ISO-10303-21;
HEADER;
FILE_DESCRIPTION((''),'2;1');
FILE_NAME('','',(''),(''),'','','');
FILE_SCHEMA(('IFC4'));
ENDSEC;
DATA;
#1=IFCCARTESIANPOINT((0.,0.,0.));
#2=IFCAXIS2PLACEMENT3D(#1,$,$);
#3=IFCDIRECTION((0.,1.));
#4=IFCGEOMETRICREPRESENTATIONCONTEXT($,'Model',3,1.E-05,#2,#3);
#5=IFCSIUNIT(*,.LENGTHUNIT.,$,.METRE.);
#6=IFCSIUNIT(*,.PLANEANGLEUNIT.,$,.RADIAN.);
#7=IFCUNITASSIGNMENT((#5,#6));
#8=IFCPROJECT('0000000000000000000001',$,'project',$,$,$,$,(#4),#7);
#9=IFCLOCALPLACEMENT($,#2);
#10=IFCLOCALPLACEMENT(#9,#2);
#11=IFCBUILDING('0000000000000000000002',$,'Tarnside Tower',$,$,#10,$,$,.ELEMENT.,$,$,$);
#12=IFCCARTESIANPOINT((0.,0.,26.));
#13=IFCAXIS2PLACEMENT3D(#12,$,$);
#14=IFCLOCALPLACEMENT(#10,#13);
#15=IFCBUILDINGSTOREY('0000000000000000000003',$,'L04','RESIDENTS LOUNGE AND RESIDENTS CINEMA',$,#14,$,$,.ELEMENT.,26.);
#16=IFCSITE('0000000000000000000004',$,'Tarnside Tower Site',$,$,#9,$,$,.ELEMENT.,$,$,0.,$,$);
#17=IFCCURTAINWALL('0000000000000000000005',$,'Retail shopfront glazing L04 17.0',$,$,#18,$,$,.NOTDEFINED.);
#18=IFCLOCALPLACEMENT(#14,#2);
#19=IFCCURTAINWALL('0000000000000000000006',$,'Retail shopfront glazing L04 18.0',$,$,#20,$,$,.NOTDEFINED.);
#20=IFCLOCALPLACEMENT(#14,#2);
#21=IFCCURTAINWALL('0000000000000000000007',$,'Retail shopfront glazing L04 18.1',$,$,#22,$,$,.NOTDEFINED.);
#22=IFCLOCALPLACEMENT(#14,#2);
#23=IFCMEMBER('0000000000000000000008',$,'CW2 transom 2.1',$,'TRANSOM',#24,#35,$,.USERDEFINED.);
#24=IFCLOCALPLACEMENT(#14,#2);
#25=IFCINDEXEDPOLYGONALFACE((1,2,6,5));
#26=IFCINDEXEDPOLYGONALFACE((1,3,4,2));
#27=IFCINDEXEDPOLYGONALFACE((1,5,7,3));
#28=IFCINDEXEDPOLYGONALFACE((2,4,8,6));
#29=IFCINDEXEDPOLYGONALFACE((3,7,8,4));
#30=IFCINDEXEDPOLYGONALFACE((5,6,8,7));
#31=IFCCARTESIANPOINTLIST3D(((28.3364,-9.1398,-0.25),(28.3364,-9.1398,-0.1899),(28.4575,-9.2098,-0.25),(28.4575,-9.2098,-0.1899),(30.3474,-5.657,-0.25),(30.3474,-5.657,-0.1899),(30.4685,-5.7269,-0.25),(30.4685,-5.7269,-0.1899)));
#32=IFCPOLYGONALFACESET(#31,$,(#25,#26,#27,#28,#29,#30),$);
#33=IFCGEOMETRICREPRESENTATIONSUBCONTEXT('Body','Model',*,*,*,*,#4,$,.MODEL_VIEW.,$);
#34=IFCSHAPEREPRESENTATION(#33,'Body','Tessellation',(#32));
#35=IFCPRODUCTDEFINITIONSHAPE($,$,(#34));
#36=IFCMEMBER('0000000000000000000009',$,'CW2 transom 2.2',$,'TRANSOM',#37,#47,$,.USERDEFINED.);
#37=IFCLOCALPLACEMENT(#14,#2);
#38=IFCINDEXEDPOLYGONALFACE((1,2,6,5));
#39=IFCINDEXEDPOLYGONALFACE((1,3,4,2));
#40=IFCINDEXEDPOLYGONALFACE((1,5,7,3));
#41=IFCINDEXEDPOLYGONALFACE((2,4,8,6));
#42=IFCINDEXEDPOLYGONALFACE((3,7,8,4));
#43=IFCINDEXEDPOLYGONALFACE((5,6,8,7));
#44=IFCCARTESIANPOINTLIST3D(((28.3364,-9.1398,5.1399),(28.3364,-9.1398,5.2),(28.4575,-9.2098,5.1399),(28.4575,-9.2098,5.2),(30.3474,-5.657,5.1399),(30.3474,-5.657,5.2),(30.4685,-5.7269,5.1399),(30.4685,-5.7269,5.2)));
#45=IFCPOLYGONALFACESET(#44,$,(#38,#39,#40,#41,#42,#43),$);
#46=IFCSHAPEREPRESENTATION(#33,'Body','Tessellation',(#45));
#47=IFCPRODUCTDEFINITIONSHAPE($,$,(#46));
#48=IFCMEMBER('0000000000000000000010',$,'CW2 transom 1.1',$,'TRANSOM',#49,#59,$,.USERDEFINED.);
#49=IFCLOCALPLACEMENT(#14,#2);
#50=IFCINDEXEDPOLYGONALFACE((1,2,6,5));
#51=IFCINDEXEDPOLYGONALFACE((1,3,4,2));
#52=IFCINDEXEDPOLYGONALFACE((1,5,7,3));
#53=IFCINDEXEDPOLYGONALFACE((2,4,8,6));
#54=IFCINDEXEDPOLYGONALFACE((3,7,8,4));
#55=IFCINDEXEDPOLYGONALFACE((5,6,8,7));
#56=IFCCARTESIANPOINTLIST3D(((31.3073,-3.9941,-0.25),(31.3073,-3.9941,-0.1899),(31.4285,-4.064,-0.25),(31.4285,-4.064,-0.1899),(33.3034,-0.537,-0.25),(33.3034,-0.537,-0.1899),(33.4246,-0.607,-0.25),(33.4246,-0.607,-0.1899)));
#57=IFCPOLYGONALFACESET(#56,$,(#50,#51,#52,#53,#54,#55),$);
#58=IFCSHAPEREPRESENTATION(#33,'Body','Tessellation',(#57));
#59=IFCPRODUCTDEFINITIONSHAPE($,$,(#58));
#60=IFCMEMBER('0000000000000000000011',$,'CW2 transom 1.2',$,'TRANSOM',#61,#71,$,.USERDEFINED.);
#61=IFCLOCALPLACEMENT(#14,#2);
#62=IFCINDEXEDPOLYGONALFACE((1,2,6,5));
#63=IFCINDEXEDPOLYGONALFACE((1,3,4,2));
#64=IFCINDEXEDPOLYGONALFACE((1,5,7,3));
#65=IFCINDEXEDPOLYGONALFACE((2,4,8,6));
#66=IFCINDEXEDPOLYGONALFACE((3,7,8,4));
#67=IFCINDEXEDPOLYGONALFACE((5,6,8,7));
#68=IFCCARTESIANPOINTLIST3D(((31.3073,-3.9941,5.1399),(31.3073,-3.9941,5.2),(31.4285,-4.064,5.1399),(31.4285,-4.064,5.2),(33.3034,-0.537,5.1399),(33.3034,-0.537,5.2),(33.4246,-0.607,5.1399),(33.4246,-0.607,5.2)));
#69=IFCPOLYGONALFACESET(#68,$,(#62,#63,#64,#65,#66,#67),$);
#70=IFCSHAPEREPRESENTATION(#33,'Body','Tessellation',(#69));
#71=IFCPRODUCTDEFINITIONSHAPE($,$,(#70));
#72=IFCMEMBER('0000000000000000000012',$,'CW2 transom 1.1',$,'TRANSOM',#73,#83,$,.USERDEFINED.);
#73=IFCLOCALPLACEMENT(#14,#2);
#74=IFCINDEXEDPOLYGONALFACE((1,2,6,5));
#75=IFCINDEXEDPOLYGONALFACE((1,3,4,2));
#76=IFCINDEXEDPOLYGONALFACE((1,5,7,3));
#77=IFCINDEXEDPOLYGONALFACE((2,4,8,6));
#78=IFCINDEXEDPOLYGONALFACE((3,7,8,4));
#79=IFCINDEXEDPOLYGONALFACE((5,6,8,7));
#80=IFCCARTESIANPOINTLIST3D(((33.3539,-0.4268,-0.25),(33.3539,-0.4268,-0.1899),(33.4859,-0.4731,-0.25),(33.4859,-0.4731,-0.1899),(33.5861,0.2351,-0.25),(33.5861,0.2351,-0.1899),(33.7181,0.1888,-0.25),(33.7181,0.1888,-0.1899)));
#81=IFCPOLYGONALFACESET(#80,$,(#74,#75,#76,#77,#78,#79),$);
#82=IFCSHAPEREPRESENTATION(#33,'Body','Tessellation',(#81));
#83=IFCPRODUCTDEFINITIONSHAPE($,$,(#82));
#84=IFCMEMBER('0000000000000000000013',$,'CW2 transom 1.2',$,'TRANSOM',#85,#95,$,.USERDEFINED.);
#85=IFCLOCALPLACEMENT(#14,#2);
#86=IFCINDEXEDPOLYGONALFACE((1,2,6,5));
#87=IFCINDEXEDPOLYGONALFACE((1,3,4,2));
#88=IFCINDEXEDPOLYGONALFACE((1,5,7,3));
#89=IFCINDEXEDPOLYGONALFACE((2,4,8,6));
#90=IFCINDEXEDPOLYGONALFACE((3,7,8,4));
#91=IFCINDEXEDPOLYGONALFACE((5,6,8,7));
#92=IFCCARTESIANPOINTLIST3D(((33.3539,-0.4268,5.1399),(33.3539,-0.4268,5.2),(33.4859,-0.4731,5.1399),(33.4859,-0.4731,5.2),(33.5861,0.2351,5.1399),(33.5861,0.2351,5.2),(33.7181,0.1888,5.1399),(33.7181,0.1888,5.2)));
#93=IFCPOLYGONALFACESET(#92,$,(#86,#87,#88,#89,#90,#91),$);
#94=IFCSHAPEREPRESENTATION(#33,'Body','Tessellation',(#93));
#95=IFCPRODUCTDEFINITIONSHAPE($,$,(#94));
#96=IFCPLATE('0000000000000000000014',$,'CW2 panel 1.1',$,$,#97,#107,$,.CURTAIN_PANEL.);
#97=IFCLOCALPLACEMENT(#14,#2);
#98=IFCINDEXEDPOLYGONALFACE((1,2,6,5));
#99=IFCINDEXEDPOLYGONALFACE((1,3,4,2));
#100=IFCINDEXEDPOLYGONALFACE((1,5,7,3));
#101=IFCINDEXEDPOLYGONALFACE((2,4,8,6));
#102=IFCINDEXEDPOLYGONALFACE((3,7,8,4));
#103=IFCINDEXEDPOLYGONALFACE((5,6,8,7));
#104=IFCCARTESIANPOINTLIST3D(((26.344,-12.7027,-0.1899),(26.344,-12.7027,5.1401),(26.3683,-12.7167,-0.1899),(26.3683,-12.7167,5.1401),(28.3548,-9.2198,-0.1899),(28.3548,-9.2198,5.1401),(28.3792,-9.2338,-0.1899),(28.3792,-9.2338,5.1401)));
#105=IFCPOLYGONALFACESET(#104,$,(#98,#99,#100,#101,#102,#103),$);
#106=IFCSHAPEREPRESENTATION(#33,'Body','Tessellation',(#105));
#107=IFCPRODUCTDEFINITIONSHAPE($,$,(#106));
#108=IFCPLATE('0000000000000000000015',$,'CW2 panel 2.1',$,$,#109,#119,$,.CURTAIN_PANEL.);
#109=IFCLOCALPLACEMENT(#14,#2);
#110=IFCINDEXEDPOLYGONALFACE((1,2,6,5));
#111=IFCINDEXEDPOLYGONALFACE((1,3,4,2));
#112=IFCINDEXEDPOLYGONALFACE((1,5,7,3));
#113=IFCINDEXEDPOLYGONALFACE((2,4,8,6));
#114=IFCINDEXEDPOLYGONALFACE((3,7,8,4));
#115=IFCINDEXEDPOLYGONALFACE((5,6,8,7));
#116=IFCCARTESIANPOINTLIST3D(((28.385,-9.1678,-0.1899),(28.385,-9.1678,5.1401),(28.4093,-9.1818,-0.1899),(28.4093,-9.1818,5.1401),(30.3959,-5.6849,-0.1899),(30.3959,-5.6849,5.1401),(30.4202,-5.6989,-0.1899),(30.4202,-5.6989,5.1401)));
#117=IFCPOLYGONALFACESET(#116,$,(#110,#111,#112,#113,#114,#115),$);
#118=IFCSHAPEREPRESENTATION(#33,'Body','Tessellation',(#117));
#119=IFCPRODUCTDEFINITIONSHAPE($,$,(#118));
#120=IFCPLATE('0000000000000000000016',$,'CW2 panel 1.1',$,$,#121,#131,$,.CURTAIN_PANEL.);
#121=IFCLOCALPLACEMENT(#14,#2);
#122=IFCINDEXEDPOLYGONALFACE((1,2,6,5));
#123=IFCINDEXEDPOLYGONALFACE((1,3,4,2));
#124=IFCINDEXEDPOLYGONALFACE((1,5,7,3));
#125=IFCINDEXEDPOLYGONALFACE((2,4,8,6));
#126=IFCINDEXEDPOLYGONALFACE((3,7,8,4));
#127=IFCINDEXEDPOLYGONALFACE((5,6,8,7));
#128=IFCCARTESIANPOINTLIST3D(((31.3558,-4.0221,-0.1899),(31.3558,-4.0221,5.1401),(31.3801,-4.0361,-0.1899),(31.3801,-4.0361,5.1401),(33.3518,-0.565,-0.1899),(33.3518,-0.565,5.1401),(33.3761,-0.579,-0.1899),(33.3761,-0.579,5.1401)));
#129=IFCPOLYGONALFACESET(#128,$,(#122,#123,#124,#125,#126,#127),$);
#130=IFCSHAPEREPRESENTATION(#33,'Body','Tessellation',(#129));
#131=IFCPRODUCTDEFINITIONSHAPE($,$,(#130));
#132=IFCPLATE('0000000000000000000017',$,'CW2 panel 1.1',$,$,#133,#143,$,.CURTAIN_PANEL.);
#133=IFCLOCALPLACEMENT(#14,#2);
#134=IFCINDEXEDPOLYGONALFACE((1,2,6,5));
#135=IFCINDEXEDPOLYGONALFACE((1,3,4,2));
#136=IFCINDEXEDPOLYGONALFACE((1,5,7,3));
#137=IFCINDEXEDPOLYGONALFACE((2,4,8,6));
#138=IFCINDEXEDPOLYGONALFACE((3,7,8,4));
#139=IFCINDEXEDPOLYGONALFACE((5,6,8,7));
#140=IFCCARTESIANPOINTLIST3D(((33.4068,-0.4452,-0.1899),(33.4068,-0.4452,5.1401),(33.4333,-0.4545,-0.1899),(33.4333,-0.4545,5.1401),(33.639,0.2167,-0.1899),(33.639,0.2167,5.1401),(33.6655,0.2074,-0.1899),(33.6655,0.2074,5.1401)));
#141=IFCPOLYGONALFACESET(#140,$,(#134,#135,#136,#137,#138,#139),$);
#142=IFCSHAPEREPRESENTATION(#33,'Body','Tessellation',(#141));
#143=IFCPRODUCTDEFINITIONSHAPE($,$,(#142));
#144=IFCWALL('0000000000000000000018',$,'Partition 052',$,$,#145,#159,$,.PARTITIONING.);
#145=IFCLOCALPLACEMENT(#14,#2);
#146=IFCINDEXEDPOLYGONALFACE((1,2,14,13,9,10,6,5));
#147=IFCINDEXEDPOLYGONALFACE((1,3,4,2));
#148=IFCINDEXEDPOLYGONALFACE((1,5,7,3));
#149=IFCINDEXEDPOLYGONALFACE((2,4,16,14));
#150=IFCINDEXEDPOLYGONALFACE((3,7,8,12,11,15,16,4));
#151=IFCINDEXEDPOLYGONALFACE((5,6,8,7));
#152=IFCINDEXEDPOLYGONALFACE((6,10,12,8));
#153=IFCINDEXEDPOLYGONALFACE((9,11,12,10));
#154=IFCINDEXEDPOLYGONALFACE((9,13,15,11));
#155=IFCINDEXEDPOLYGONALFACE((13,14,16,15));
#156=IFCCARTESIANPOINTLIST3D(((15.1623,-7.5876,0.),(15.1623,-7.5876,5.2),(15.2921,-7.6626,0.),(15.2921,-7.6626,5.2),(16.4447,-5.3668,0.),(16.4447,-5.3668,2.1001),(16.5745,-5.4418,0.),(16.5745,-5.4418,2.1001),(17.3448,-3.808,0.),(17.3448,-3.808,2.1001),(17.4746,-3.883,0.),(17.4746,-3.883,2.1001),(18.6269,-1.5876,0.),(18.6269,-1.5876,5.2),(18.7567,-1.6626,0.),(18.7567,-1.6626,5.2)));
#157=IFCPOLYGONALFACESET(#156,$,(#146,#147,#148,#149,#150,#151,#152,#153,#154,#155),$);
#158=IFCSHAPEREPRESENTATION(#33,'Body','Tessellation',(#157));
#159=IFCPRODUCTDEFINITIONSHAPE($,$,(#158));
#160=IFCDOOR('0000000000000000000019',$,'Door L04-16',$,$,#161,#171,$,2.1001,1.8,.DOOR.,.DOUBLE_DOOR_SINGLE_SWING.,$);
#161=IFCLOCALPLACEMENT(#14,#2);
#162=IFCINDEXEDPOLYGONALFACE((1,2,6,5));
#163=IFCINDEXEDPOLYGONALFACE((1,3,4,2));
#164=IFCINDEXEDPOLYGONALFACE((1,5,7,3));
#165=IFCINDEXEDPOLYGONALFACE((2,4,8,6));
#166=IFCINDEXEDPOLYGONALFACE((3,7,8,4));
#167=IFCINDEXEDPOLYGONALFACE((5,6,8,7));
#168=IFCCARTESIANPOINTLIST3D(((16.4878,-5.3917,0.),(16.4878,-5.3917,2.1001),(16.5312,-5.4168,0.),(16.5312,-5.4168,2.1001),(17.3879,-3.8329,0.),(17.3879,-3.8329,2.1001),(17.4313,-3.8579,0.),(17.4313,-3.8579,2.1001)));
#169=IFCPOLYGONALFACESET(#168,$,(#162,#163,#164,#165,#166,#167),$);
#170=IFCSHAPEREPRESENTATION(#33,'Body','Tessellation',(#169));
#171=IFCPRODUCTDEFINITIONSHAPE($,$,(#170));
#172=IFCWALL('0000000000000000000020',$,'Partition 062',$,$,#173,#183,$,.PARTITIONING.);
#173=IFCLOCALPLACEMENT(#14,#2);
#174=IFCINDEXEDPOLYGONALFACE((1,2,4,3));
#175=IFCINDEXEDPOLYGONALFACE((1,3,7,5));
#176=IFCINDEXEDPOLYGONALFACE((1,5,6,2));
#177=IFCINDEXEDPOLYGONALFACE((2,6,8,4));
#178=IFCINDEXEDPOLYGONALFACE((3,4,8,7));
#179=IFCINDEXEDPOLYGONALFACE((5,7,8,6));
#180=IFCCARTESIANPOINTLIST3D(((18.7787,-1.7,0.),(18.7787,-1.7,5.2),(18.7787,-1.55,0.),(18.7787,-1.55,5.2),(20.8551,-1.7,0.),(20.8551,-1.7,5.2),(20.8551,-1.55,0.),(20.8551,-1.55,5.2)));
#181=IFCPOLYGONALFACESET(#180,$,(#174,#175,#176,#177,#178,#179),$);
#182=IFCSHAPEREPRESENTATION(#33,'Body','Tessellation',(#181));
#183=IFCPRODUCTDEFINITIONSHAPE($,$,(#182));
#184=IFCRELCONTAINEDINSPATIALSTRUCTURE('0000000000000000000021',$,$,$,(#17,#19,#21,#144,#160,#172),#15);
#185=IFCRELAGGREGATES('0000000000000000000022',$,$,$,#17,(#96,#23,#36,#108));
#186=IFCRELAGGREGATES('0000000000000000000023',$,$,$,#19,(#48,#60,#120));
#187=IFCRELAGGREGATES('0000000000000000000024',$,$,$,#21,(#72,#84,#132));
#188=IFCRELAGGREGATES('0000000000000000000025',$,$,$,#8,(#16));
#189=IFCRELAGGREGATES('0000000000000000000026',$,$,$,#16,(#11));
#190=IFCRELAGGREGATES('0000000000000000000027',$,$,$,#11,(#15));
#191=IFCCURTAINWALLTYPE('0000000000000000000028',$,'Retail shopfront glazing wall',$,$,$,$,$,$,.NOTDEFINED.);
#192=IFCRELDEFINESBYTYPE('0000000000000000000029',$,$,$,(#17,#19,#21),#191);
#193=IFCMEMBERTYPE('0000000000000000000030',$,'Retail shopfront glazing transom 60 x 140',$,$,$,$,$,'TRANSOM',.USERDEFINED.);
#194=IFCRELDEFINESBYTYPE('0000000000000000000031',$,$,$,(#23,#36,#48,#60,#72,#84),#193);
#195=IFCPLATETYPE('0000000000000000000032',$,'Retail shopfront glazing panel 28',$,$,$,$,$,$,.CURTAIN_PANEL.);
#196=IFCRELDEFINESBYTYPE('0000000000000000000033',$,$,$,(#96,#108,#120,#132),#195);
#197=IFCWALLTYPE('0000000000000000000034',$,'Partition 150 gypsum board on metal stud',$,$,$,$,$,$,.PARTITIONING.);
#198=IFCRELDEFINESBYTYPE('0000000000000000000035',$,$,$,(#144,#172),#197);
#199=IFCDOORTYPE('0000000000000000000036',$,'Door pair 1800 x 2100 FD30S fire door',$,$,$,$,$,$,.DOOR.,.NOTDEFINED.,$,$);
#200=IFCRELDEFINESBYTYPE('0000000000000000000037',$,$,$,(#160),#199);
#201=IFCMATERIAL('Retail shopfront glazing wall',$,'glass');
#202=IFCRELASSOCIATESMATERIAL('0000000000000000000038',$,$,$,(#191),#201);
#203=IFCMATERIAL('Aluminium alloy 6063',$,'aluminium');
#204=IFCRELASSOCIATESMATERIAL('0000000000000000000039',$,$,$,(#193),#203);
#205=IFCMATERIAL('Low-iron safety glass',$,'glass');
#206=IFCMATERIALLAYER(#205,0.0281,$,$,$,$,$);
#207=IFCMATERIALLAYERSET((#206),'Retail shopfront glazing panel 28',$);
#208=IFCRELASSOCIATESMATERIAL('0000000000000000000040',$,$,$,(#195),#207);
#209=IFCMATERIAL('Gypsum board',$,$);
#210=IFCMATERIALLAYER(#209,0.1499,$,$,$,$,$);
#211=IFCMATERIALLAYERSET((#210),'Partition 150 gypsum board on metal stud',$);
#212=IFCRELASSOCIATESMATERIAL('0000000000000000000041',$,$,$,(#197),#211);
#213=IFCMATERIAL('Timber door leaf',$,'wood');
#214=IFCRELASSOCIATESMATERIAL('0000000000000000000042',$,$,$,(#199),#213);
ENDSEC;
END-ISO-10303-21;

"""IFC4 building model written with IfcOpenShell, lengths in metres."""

from ifc_helpers import new_model, si_unit, direction, frame, frame_2d, origin, origin_2d, place, context, subcontext, project, spatial, rectangle, extrude, material, layer, layer_set, material_profile, profile_set, type_object, element, fill, aggregate, save


model = new_model("IFC4")

# Units and contexts
model_context = context("Model", 3, precision=1e-05, world=origin(), true_north=direction((0.0, 1.0)))
body_context = subcontext(model_context, "Body", "Model", "MODEL_VIEW")
ifc_project = project(units=[si_unit("LENGTHUNIT", "METRE"), si_unit("PLANEANGLEUNIT", "RADIAN")], contexts=[model_context])

# Site, building, storey
site_placement = place(None, origin())
site = spatial("IfcSite", under=ifc_project, at=site_placement, Name="Tarnside Tower Site", CompositionType="ELEMENT", RefElevation=0.0)
building_placement = place(site_placement, origin())
building = spatial("IfcBuilding", under=site, at=building_placement, Name="Tarnside Tower", CompositionType="ELEMENT")
storey_placement = place(building_placement, frame((0.0, 0.0, 26.0)))
storey = spatial("IfcBuildingStorey", under=building, at=storey_placement, Name="L04", Description="RESIDENTS LOUNGE AND RESIDENTS CINEMA", CompositionType="ELEMENT", Elevation=26.0)

# Curtain walls
ifc_material_1 = material(Name="Retail shopfront glazing wall", Category="glass")
curtain_wall_type = type_object("IfcCurtainWallType", Name="Retail shopfront glazing wall", PredefinedType="NOTDEFINED", material=ifc_material_1)
curtain_wall_1_placement = place(storey_placement, origin())
curtain_wall_1 = element("IfcCurtainWall", 1, at=curtain_wall_1_placement, inside=storey, type_object=curtain_wall_type, Name="Retail shopfront glazing L04 17.0", PredefinedType="NOTDEFINED")
ifc_material_2 = material(Name="Aluminium alloy 6063", Category="aluminium")
curtain_wall_2_placement = place(storey_placement, origin())
curtain_wall_2 = element("IfcCurtainWall", 2, at=curtain_wall_2_placement, inside=storey, type_object=curtain_wall_type, Name="Retail shopfront glazing L04 18.0", PredefinedType="NOTDEFINED")

# Curtain wall
curtain_wall_3_placement = place(storey_placement, origin())
curtain_wall_3 = element("IfcCurtainWall", 3, at=curtain_wall_3_placement, inside=storey, type_object=curtain_wall_type, Name="Retail shopfront glazing L04 18.1", PredefinedType="NOTDEFINED")

# Members
ifc_material_profile_1 = material_profile(ifc_material_2, rectangle(XDim=0.1399, YDim=0.0601, at=origin_2d()), Name="Retail shopfront glazing transom 60 x 140")
ifc_profile_set_1 = profile_set([ifc_material_profile_1], Name="Aluminium alloy 6063")
member_type_1 = type_object("IfcMemberType", Name="Retail shopfront glazing transom 60 x 140", ElementType="TRANSOM", PredefinedType="USERDEFINED", material=ifc_profile_set_1)
member_1_placement = place(storey_placement, frame((28.397, -9.1748, -0.22), z_axis=(0.500024, 0.866012, 0.0), x_axis=(-0.866012, 0.500024, 0.0)))
member_1 = element("IfcMember", 4, at=member_1_placement, type_object=member_type_1, Name="CW2 transom 2.1", ObjectType="TRANSOM", PredefinedType="USERDEFINED", context=body_context, shape_type="SweptSolid", body=[
    extrude(rectangle(XDim=0.1399, YDim=0.0601, at=origin_2d()), origin(), (0.0, 0.0, 1.0), 4.0217),
])
member_2_placement = place(storey_placement, frame((28.397, -9.1748, 5.1699), z_axis=(0.500024, 0.866012, 0.0), x_axis=(-0.866012, 0.500024, 0.0)))
member_2 = element("IfcMember", 5, at=member_2_placement, type_object=member_type_1, Name="CW2 transom 2.2", ObjectType="TRANSOM", PredefinedType="USERDEFINED", context=body_context, shape_type="SweptSolid", body=[
    extrude(rectangle(XDim=0.1399, YDim=0.0601, at=origin_2d()), origin(), (0.0, 0.0, 1.0), 4.0217),
])
member_3_placement = place(storey_placement, frame((31.3679, -4.0291, -0.22), z_axis=(0.500033, 0.866006, 0.0), x_axis=(-0.866006, 0.500033, 0.0)))
member_3 = element("IfcMember", 6, at=member_3_placement, type_object=member_type_1, Name="CW2 transom 1.1", ObjectType="TRANSOM", PredefinedType="USERDEFINED", context=body_context, shape_type="SweptSolid", body=[
    extrude(rectangle(XDim=0.1399, YDim=0.0601, at=origin_2d()), origin(), (0.0, 0.0, 1.0), 3.9919),
])
member_4_placement = place(storey_placement, frame((31.3679, -4.0291, 5.1699), z_axis=(0.500033, 0.866006, 0.0), x_axis=(-0.866006, 0.500033, 0.0)))
member_4 = element("IfcMember", 7, at=member_4_placement, type_object=member_type_1, Name="CW2 transom 1.2", ObjectType="TRANSOM", PredefinedType="USERDEFINED", context=body_context, shape_type="SweptSolid", body=[
    extrude(rectangle(XDim=0.1399, YDim=0.0601, at=origin_2d()), origin(), (0.0, 0.0, 1.0), 3.9919),
])
member_5_placement = place(storey_placement, frame((33.4199, -0.45, -0.22), z_axis=(0.331017, 0.943625, 0.0), x_axis=(-0.943625, 0.331017, 0.0)))
member_5 = element("IfcMember", 8, at=member_5_placement, type_object=member_type_1, Name="CW2 transom 1.1", ObjectType="TRANSOM", PredefinedType="USERDEFINED", context=body_context, shape_type="SweptSolid", body=[
    extrude(rectangle(XDim=0.1399, YDim=0.0601, at=origin_2d()), origin(), (0.0, 0.0, 1.0), 0.7014),
])
member_6_placement = place(storey_placement, frame((33.4199, -0.45, 5.1699), z_axis=(0.331017, 0.943625, 0.0), x_axis=(-0.943625, 0.331017, 0.0)))
member_6 = element("IfcMember", 9, at=member_6_placement, type_object=member_type_1, Name="CW2 transom 1.2", ObjectType="TRANSOM", PredefinedType="USERDEFINED", context=body_context, shape_type="SweptSolid", body=[
    extrude(rectangle(XDim=0.1399, YDim=0.0601, at=origin_2d()), origin(), (0.0, 0.0, 1.0), 0.7014),
])

# Plates
ifc_material_3 = material(Name="Low-iron safety glass", Category="glass")
ifc_layer_1 = layer(ifc_material_3, 0.0281)
ifc_layer_set_1 = layer_set([ifc_layer_1], Name="Retail shopfront glazing panel 28")
plate_type = type_object("IfcPlateType", Name="Retail shopfront glazing panel 28", PredefinedType="CURTAIN_PANEL", material=ifc_layer_set_1)
plate_1_placement = place(storey_placement, frame((27.3616, -10.9683, -0.1899), z_axis=(0.0, 0.0, 1.0), x_axis=(0.5, 0.866025, 0.0)))
plate_1 = element("IfcPlate", 10, at=plate_1_placement, type_object=plate_type, Name="CW2 panel 1.1", PredefinedType="CURTAIN_PANEL", context=body_context, shape_type="SweptSolid", body=[
    extrude(rectangle(XDim=4.0217, YDim=0.0281, at=origin_2d()), origin(), (0.0, 0.0, 1.0), 5.3301),
])
plate_2_placement = place(storey_placement, frame((29.4026, -7.4333, -0.1899), z_axis=(0.0, 0.0, 1.0), x_axis=(0.5, 0.866025, 0.0)))
plate_2 = element("IfcPlate", 11, at=plate_2_placement, type_object=plate_type, Name="CW2 panel 2.1", PredefinedType="CURTAIN_PANEL", context=body_context, shape_type="SweptSolid", body=[
    extrude(rectangle(XDim=4.0217, YDim=0.0281, at=origin_2d()), origin(), (0.0, 0.0, 1.0), 5.3301),
])
aggregate(curtain_wall_1, [plate_1, member_1, member_2, plate_2])
plate_3_placement = place(storey_placement, frame((32.366, -2.3005, -0.1899), z_axis=(0.0, 0.0, 1.0), x_axis=(0.5, 0.866025, 0.0)))
plate_3 = element("IfcPlate", 12, at=plate_3_placement, type_object=plate_type, Name="CW2 panel 1.1", PredefinedType="CURTAIN_PANEL", context=body_context, shape_type="SweptSolid", body=[
    extrude(rectangle(XDim=3.9919, YDim=0.0281, at=origin_2d()), origin(), (0.0, 0.0, 1.0), 5.3301),
])
aggregate(curtain_wall_2, [member_3, member_4, plate_3])
plate_4_placement = place(storey_placement, frame((33.5361, -0.1189, -0.1899), z_axis=(0.0, 0.0, 1.0), x_axis=(0.331063, 0.943609, 0.0)))
plate_4 = element("IfcPlate", 13, at=plate_4_placement, type_object=plate_type, Name="CW2 panel 1.1", PredefinedType="CURTAIN_PANEL", context=body_context, shape_type="SweptSolid", body=[
    extrude(rectangle(XDim=0.7014, YDim=0.0281, at=origin_2d()), origin(), (0.0, 0.0, 1.0), 5.3301),
])
aggregate(curtain_wall_3, [member_5, member_6, plate_4])

# Wall, opening, door
ifc_material_4 = material(Name="Gypsum board")
ifc_layer_2 = layer(ifc_material_4, 0.1499)
ifc_layer_set_2 = layer_set([ifc_layer_2], Name="Partition 150 gypsum board on metal stud")
wall_type_1 = type_object("IfcWallType", Name="Partition 150 gypsum board on metal stud", PredefinedType="PARTITIONING", material=ifc_layer_set_2)
wall_1_placement = place(storey_placement, frame((18.6919, -1.625, 0.0), z_axis=(0.0, 0.0, 1.0), x_axis=(-0.500054, -0.865994, 0.0)))
wall_1 = element("IfcWall", 14, at=wall_1_placement, inside=storey, type_object=wall_type_1, Name="Partition 052", PredefinedType="PARTITIONING", context=body_context, shape_type="SweptSolid", body=[
    extrude(rectangle(XDim=6.9285, YDim=0.1499, at=frame_2d((3.4644, 0.0))), origin(), (0.0, 0.0, 1.0), 5.2),
])
opening_1_placement = place(wall_1_placement, frame((2.5642, 0.0, 0.0)))
opening_1 = element("IfcOpeningElement", 15, at=opening_1_placement, cuts=wall_1, PredefinedType="OPENING", context=body_context, shape_type="SweptSolid", body=[
    extrude(rectangle(XDim=1.8, YDim=2.1001, at=frame_2d((0.8999, 1.05))), frame((0.0, 0.085, 0.0), z_axis=(0.0, -1.0, 0.0), x_axis=(1.0, 0.0, 0.0)), (0.0, 0.0, 1.0), 0.1699),
])
ifc_material_5 = material(Name="Timber door leaf", Category="wood")
door_type_1 = type_object("IfcDoorType", Name="Door pair 1800 x 2100 FD30S fire door", OperationType="NOTDEFINED", PredefinedType="DOOR", material=ifc_material_5)
door_1_placement = place(opening_1_placement, origin())
door_1 = element("IfcDoor", 16, at=door_1_placement, inside=storey, type_object=door_type_1, Name="Door L04-16", OperationType="DOUBLE_DOOR_SINGLE_SWING", OverallHeight=2.1001, OverallWidth=1.8, PredefinedType="DOOR", context=body_context, shape_type="SweptSolid", body=[
    extrude(rectangle(XDim=1.8, YDim=2.1001, at=frame_2d((0.8999, 1.05))), frame((0.0, 0.0249, 0.0), z_axis=(0.0, -1.0, 0.0), x_axis=(1.0, 0.0, 0.0)), (0.0, 0.0, 1.0), 0.05),
])
fill(opening_1, door_1)

# Wall
wall_2_placement = place(storey_placement, frame((20.855, -1.625, 0.0), z_axis=(0.0, 0.0, 1.0), x_axis=(-1.0, 0.0, 0.0)))
element("IfcWall", 17, at=wall_2_placement, inside=storey, type_object=wall_type_1, Name="Partition 062", PredefinedType="PARTITIONING", context=body_context, shape_type="SweptSolid", body=[
    extrude(rectangle(XDim=2.0764, YDim=0.1499, at=frame_2d((1.0381, 0.0))), origin(), (0.0, 0.0, 1.0), 5.2),
])

save(model, "model.ifc")
